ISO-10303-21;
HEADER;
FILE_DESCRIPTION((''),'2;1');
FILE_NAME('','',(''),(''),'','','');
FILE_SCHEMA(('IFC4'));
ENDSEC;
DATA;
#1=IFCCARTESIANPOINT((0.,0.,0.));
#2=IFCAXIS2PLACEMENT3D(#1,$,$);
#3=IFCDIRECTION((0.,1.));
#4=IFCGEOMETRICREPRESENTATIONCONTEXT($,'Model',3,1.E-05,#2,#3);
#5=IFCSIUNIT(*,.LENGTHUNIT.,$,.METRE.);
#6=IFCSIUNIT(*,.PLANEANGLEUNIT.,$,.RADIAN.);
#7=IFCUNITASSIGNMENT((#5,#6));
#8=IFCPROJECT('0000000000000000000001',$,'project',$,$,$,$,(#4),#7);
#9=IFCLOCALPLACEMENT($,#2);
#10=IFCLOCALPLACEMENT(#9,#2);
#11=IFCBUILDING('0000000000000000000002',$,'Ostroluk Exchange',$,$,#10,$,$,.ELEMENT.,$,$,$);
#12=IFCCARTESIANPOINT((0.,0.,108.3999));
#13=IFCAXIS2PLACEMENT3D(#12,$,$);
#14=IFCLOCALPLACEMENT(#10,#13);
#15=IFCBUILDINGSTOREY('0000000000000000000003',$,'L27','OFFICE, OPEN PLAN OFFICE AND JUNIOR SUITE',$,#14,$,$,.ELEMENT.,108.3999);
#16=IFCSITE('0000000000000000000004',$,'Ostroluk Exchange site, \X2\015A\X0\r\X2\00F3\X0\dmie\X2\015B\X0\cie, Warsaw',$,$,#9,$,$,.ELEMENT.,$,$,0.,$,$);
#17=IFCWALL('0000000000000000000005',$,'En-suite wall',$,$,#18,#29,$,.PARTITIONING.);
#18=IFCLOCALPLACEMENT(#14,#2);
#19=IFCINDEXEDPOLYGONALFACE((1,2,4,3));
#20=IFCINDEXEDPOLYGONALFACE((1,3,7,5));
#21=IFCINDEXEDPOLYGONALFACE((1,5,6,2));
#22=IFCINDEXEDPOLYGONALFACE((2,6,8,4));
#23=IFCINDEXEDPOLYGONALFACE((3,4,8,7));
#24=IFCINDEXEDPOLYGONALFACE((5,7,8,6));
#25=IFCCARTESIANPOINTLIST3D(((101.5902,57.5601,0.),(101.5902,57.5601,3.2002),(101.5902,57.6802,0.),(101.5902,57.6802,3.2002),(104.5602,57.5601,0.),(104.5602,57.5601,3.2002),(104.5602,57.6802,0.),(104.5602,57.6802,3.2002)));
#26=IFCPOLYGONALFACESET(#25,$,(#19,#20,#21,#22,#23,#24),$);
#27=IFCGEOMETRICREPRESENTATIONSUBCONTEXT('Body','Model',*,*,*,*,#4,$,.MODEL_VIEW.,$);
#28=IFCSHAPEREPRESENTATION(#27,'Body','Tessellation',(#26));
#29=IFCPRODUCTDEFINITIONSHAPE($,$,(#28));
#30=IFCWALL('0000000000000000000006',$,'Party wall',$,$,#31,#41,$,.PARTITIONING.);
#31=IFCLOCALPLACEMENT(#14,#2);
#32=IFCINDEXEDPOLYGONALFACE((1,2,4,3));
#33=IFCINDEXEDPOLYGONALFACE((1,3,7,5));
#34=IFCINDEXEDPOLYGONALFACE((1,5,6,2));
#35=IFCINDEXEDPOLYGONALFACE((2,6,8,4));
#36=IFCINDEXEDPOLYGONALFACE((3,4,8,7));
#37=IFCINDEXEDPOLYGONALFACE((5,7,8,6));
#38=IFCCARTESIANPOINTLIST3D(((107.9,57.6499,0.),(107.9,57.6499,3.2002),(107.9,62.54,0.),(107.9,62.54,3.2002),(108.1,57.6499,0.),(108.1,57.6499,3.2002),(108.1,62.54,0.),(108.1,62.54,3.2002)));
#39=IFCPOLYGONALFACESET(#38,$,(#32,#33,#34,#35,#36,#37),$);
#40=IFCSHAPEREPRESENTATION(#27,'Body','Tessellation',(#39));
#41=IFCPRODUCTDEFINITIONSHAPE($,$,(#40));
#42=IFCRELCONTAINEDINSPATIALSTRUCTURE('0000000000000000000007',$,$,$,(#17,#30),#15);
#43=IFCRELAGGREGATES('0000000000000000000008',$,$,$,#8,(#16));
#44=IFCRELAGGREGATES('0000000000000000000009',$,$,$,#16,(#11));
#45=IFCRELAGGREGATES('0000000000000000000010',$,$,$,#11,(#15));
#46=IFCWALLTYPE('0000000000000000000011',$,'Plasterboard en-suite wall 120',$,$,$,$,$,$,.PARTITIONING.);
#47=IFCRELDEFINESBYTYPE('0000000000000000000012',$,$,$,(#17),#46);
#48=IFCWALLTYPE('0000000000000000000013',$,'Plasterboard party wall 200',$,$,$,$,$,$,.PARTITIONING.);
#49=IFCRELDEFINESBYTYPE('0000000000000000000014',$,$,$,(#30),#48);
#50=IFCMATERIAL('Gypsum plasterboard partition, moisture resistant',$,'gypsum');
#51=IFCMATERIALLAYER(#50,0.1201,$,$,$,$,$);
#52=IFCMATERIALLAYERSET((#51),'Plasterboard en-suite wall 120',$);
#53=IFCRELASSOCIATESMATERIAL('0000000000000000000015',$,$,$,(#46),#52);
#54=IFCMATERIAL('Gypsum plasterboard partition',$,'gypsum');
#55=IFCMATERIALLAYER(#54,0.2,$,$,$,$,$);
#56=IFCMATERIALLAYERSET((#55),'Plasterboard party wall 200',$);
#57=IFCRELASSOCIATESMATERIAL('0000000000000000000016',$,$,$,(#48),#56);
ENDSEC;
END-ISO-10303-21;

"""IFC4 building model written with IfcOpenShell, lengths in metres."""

from ifc_helpers import new_model, si_unit, direction, frame, frame_2d, origin, place, context, subcontext, project, spatial, rectangle, extrude, material, layer, layer_set, type_object, element, save


model = new_model("IFC4")

# Units and contexts
model_context = context("Model", 3, precision=1e-05, world=origin(), true_north=direction((0.0, 1.0)))
body_context = subcontext(model_context, "Body", "Model", "MODEL_VIEW")
ifc_project = project(units=[si_unit("LENGTHUNIT", "METRE"), si_unit("PLANEANGLEUNIT", "RADIAN")], contexts=[model_context])

# Site, building, storey
site_placement = place(None, origin())
site = spatial("IfcSite", under=ifc_project, at=site_placement, Name="Ostroluk Exchange site, Śródmieście, Warsaw", CompositionType="ELEMENT", RefElevation=0.0)
building_placement = place(site_placement, origin())
building = spatial("IfcBuilding", under=site, at=building_placement, Name="Ostroluk Exchange", CompositionType="ELEMENT")
storey_placement = place(building_placement, frame((0.0, 0.0, 108.3999)))
storey = spatial("IfcBuildingStorey", under=building, at=storey_placement, Name="L27", Description="OFFICE, OPEN PLAN OFFICE AND JUNIOR SUITE", CompositionType="ELEMENT", Elevation=108.3999)

# Walls
ifc_material_1 = material(Name="Gypsum plasterboard partition, moisture resistant", Category="gypsum")
ifc_layer_1 = layer(ifc_material_1, 0.1201)
ifc_layer_set_1 = layer_set([ifc_layer_1], Name="Plasterboard en-suite wall 120")
wall_type_1 = type_object("IfcWallType", Name="Plasterboard en-suite wall 120", PredefinedType="PARTITIONING", material=ifc_layer_set_1)
wall_1_placement = place(storey_placement, frame((104.5601, 57.6201, 0.0), z_axis=(0.0, 0.0, 1.0), x_axis=(-1.0, 0.0, 0.0)))
element("IfcWall", 1, at=wall_1_placement, inside=storey, type_object=wall_type_1, Name="En-suite wall", PredefinedType="PARTITIONING", context=body_context, shape_type="SweptSolid", body=[
    extrude(rectangle(XDim=2.97, YDim=0.1201, at=frame_2d((1.4849, 0.0))), origin(), (0.0, 0.0, 1.0), 3.2002),
])
ifc_material_2 = material(Name="Gypsum plasterboard partition", Category="gypsum")
ifc_layer_2 = layer(ifc_material_2, 0.2)
ifc_layer_set_2 = layer_set([ifc_layer_2], Name="Plasterboard party wall 200")
wall_type_2 = type_object("IfcWallType", Name="Plasterboard party wall 200", PredefinedType="PARTITIONING", material=ifc_layer_set_2)
wall_2_placement = place(storey_placement, frame((108.0, 57.6499, 0.0), z_axis=(0.0, 0.0, 1.0), x_axis=(0.0, 1.0, 0.0)))
element("IfcWall", 2, at=wall_2_placement, inside=storey, type_object=wall_type_2, Name="Party wall", PredefinedType="PARTITIONING", context=body_context, shape_type="SweptSolid", body=[
    extrude(rectangle(XDim=4.8901, YDim=0.2, at=frame_2d((2.4451, 0.0))), origin(), (0.0, 0.0, 1.0), 3.2002),
])

save(model, "model.ifc")
